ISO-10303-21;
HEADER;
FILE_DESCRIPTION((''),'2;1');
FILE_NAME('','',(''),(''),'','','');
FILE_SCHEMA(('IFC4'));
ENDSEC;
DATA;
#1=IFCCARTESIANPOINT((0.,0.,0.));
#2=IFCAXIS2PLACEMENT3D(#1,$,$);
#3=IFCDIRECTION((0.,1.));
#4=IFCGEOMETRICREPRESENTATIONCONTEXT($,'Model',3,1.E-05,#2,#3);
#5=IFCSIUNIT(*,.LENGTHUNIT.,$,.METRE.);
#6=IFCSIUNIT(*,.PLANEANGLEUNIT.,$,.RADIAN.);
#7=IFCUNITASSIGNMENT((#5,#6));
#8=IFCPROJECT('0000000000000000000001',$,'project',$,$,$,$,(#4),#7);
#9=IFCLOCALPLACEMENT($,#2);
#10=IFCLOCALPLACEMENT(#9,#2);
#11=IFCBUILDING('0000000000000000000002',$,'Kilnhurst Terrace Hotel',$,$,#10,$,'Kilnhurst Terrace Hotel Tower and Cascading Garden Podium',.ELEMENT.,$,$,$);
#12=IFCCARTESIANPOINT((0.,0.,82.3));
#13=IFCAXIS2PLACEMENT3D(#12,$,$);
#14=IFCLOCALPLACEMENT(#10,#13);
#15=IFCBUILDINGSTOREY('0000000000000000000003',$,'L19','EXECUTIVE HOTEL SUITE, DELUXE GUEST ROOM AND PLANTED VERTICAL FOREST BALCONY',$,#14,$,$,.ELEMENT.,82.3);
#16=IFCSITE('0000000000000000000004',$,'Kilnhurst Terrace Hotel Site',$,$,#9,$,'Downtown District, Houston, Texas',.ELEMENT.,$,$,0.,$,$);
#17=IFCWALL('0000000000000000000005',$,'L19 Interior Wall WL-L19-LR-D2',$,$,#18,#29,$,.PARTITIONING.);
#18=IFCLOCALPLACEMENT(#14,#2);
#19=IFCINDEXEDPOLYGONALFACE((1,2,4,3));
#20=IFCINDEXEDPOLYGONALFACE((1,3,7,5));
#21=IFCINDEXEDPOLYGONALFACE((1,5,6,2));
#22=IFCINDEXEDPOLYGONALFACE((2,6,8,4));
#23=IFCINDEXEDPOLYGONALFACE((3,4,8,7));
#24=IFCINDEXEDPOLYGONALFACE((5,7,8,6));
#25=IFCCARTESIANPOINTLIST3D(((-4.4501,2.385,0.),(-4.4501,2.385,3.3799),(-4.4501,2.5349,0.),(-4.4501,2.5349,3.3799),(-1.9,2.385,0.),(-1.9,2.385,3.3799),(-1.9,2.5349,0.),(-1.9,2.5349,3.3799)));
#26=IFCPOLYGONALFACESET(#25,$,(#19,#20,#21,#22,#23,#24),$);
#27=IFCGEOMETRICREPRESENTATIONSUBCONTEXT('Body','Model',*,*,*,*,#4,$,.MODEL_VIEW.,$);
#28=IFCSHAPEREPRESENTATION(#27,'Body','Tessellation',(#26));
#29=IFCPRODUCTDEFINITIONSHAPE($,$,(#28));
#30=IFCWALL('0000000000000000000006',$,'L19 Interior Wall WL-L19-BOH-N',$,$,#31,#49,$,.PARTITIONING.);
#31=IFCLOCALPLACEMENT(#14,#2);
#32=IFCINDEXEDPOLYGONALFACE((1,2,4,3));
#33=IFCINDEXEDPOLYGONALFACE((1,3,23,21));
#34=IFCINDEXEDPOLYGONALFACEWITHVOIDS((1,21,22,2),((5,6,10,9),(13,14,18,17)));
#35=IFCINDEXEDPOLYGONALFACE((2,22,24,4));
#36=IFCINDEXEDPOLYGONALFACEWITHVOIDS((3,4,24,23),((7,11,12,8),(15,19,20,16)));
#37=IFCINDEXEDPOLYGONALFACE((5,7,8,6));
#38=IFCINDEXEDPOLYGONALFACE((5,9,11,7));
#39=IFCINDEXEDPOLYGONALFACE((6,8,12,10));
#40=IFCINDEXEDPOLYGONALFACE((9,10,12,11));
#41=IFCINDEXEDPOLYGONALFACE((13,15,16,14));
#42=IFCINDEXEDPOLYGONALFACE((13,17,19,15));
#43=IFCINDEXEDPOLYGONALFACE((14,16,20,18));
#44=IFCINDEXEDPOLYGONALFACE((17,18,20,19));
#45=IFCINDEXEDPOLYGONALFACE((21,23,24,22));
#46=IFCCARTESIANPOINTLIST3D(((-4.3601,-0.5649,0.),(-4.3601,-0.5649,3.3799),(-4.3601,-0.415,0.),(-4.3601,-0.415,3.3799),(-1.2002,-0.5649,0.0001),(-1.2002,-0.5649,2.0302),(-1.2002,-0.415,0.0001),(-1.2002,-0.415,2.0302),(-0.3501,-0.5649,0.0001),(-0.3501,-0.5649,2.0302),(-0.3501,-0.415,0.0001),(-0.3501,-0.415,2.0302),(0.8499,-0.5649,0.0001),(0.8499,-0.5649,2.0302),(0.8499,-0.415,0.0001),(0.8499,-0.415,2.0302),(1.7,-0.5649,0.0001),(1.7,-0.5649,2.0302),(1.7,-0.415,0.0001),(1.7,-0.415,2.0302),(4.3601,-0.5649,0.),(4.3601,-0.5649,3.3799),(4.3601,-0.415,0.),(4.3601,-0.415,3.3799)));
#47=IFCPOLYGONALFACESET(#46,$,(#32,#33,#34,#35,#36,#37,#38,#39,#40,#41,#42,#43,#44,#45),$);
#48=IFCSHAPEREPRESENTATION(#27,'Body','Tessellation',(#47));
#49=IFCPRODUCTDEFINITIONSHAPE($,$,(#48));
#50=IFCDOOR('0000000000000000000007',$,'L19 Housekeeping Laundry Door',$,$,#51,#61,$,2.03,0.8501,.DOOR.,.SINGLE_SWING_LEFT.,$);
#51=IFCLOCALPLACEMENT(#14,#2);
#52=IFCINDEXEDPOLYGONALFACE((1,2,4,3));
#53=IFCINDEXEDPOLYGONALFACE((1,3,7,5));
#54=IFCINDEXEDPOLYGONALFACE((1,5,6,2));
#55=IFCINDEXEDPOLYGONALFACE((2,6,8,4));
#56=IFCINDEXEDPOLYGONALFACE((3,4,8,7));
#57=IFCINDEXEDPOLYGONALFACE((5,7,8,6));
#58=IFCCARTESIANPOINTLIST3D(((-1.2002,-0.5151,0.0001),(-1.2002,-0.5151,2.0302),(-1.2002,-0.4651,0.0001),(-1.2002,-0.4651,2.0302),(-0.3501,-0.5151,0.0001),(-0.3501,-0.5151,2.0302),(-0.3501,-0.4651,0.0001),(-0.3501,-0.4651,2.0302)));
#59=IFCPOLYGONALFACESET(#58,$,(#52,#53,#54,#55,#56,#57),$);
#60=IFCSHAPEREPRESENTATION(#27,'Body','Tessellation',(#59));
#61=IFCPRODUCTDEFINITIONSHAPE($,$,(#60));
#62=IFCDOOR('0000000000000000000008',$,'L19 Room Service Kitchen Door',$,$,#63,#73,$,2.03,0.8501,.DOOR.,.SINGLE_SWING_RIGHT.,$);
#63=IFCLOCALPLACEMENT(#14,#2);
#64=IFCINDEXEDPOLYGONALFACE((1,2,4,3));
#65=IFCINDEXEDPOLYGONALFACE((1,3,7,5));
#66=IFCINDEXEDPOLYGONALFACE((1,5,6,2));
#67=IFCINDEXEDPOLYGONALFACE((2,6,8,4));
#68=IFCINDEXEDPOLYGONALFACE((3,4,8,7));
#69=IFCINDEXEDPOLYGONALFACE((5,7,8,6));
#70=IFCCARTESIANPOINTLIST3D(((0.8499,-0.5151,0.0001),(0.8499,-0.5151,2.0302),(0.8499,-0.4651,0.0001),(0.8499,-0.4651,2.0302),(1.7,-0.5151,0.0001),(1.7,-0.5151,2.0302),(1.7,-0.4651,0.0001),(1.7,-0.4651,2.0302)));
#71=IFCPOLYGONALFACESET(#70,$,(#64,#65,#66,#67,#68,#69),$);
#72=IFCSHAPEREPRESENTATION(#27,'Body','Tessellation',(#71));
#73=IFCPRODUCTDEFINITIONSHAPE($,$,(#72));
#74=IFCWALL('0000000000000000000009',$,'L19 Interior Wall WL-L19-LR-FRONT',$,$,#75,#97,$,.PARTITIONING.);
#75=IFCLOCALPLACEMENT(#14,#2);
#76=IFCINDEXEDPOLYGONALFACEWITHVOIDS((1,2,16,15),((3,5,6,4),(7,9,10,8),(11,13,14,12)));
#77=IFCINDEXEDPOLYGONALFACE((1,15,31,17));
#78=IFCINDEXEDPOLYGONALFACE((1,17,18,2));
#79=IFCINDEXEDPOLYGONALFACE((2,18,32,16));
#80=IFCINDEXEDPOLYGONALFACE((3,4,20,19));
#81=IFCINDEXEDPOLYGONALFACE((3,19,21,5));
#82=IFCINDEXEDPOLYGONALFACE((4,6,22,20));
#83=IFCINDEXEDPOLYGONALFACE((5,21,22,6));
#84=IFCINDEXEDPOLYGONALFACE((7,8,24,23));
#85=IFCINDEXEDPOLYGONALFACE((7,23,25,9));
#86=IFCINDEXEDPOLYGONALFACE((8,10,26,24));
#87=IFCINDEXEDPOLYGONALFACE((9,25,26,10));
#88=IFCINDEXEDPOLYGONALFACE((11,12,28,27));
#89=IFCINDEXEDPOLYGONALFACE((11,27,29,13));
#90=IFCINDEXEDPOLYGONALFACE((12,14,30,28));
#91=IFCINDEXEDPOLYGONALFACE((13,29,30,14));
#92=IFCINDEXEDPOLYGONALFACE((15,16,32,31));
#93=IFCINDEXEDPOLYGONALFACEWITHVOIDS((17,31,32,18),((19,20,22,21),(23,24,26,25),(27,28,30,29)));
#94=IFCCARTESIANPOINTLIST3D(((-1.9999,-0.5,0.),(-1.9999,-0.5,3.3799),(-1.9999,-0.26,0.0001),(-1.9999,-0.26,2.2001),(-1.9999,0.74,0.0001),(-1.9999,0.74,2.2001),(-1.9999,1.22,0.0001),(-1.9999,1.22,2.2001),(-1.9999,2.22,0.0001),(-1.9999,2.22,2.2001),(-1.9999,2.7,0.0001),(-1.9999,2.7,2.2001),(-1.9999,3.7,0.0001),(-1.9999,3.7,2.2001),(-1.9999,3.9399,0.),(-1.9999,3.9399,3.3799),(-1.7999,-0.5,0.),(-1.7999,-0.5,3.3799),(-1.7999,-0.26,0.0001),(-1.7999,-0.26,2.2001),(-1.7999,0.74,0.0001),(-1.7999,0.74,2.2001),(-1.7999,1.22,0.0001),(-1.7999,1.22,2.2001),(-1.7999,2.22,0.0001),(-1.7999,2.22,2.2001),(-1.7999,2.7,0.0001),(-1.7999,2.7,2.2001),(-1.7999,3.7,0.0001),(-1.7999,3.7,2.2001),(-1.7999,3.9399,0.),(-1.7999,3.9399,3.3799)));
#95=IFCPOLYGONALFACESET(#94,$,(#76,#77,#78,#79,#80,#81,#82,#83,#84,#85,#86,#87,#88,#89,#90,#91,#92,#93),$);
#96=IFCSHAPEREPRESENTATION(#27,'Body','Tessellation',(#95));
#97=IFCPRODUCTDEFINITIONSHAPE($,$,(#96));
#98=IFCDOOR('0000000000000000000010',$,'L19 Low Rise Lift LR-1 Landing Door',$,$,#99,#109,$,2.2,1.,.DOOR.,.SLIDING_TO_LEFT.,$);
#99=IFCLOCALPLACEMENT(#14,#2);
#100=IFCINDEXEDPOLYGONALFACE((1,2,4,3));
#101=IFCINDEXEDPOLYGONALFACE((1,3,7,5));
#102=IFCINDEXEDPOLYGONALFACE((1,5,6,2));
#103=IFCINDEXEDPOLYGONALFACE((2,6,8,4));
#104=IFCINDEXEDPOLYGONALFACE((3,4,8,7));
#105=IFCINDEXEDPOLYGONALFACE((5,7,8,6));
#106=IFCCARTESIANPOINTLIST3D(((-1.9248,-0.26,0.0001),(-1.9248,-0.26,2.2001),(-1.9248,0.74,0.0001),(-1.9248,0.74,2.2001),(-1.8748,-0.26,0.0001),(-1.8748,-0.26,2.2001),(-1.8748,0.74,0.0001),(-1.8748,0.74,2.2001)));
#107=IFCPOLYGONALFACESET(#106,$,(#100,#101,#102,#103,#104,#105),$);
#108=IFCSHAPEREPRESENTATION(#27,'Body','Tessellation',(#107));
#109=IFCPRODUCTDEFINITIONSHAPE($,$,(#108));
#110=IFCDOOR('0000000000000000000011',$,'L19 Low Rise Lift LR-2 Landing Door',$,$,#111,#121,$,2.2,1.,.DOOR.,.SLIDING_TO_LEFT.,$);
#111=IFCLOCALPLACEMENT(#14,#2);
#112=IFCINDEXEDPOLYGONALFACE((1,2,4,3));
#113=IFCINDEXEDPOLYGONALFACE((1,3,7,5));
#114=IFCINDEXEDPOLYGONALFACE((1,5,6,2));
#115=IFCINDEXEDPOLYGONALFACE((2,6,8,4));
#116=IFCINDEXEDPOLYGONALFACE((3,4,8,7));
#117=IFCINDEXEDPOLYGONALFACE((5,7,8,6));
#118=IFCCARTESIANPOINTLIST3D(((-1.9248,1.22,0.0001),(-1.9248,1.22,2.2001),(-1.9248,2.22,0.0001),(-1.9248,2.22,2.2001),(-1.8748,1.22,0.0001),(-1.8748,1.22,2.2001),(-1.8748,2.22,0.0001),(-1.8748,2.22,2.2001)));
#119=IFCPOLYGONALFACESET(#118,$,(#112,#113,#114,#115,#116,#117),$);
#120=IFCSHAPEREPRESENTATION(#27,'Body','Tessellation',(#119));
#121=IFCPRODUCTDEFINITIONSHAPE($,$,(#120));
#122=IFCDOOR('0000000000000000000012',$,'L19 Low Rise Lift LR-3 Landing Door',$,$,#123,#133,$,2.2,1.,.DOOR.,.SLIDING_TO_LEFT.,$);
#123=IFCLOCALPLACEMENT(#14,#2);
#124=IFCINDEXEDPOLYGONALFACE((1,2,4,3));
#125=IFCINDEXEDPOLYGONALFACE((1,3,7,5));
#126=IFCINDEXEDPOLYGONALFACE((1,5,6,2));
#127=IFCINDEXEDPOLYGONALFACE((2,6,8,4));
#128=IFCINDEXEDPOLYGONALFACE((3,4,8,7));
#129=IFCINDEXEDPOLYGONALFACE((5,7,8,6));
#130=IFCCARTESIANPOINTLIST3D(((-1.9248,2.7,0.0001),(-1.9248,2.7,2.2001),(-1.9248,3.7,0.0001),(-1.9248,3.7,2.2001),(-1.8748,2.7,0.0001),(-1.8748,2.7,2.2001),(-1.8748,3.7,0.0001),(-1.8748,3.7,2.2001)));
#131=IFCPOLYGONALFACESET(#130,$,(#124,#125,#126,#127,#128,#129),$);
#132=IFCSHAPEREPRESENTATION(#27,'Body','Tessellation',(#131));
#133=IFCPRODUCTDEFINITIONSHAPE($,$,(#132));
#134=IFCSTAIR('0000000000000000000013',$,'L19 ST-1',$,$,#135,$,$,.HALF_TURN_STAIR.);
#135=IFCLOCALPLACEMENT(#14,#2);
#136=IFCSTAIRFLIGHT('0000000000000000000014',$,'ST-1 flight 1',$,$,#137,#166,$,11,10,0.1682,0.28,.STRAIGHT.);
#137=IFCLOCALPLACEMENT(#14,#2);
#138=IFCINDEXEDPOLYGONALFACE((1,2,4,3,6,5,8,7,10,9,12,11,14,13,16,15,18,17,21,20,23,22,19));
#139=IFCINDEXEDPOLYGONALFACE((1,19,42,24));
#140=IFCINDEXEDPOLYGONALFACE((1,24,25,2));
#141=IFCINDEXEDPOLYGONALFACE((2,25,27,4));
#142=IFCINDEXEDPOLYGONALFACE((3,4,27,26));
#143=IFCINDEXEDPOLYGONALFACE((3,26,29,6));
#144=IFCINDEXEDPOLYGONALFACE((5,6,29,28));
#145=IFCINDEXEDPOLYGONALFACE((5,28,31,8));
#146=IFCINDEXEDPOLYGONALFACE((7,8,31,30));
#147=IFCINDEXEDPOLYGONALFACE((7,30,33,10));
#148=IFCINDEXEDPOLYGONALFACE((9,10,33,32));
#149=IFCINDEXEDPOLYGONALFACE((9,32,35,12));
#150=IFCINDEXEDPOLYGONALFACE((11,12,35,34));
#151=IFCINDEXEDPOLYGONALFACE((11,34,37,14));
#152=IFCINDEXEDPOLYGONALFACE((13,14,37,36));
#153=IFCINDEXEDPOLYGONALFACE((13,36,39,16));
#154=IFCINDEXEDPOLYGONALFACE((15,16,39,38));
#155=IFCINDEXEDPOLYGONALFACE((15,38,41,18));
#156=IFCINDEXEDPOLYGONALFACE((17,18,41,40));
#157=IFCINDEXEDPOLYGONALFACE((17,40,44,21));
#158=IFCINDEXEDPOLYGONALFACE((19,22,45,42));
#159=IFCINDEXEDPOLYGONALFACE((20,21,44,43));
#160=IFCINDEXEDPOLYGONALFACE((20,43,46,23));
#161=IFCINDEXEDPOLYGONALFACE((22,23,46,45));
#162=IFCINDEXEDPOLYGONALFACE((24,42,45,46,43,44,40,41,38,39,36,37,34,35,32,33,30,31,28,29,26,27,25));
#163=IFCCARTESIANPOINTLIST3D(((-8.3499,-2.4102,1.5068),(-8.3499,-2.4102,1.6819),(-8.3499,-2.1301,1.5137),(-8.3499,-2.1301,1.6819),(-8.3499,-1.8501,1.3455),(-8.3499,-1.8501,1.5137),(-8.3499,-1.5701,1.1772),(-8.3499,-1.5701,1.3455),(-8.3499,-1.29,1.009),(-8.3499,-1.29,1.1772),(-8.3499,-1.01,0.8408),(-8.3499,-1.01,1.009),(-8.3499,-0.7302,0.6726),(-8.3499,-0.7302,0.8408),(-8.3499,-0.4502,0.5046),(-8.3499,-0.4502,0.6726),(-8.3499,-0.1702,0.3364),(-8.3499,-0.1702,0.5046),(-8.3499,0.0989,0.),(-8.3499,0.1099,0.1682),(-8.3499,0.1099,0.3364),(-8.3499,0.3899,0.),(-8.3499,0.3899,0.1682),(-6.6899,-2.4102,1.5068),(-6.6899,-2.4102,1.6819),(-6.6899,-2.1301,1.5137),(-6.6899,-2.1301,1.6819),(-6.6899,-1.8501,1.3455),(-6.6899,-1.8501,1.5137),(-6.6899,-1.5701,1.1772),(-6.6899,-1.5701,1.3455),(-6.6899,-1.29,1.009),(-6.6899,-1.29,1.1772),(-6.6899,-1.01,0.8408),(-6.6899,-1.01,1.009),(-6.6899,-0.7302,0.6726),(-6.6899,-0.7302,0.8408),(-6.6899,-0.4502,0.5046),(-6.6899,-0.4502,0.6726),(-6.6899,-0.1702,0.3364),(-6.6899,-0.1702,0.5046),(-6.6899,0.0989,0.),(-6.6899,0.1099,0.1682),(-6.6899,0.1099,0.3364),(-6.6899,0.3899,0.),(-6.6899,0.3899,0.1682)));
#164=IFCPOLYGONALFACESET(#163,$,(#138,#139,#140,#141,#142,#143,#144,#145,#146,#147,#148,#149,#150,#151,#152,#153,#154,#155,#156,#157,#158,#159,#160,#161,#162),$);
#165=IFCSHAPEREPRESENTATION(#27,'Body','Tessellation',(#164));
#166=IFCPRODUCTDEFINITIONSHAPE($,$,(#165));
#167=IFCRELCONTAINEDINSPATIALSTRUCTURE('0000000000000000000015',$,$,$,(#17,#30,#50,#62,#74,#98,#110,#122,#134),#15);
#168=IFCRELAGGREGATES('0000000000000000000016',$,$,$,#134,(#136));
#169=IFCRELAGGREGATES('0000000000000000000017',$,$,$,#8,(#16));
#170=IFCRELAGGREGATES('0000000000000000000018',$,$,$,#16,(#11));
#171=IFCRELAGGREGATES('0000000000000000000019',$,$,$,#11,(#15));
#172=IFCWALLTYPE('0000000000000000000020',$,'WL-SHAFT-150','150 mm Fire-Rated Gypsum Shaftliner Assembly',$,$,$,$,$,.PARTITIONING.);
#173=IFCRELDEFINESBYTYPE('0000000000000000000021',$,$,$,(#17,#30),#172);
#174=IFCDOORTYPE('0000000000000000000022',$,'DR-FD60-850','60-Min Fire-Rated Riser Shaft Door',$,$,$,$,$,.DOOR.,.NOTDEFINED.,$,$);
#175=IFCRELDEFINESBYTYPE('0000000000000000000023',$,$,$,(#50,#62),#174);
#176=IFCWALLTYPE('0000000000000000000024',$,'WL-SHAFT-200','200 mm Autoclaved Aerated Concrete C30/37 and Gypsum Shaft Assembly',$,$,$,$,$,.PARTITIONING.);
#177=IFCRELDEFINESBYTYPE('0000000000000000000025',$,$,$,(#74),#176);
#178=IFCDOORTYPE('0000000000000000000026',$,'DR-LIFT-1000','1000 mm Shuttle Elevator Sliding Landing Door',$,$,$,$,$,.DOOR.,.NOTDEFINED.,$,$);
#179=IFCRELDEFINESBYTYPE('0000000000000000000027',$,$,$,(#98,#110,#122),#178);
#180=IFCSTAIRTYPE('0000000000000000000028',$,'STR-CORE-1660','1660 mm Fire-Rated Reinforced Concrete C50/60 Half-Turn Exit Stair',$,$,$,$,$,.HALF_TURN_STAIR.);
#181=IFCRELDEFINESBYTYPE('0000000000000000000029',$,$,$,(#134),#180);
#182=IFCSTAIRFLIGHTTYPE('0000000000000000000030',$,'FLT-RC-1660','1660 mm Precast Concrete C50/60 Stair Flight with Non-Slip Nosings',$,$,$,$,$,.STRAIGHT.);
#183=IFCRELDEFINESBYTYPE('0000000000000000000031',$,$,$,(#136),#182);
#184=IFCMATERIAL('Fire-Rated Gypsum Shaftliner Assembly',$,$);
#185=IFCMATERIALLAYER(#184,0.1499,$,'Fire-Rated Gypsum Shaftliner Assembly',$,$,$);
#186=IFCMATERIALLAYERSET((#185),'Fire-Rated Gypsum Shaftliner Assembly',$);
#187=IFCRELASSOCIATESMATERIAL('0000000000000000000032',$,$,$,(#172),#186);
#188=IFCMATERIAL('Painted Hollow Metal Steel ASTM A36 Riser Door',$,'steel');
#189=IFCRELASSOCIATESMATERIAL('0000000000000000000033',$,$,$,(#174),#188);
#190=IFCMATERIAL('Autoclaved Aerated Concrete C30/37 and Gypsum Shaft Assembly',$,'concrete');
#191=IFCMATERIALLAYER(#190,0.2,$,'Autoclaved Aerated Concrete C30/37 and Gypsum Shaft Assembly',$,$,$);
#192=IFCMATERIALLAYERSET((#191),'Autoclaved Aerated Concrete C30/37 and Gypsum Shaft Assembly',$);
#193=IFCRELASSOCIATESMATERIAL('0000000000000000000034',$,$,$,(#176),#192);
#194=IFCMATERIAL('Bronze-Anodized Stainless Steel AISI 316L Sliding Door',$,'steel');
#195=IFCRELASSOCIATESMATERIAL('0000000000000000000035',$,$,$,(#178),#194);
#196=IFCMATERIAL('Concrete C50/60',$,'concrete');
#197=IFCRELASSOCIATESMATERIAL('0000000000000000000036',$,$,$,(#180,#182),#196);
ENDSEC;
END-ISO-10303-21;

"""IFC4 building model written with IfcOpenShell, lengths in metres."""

from ifc_helpers import new_model, si_unit, direction, frame, frame_2d, origin, place, context, subcontext, project, spatial, polyline, rectangle, outline, extrude, material, layer, layer_set, type_object, element, fill, aggregate, save


model = new_model("IFC4")

# Units and contexts
model_context = context("Model", 3, precision=1e-05, world=origin(), true_north=direction((0.0, 1.0)))
body_context = subcontext(model_context, "Body", "Model", "MODEL_VIEW")
ifc_project = project(units=[si_unit("LENGTHUNIT", "METRE"), si_unit("PLANEANGLEUNIT", "RADIAN")], contexts=[model_context])

# Site, building, storey
site_placement = place(None, origin())
site = spatial("IfcSite", under=ifc_project, at=site_placement, Name="Kilnhurst Terrace Hotel Site", LongName="Downtown District, Houston, Texas", CompositionType="ELEMENT", RefElevation=0.0)
building_placement = place(site_placement, origin())
building = spatial("IfcBuilding", under=site, at=building_placement, Name="Kilnhurst Terrace Hotel", LongName="Kilnhurst Terrace Hotel Tower and Cascading Garden Podium", CompositionType="ELEMENT")
storey_placement = place(building_placement, frame((0.0, 0.0, 82.3)))
storey = spatial("IfcBuildingStorey", under=building, at=storey_placement, Name="L19", Description="EXECUTIVE HOTEL SUITE, DELUXE GUEST ROOM AND PLANTED VERTICAL FOREST BALCONY", CompositionType="ELEMENT", Elevation=82.3)

# Shared definitions
ifc_material_1 = material(Name="Concrete C50/60", Category="concrete")

# Wall
ifc_material_2 = material(Name="Fire-Rated Gypsum Shaftliner Assembly")
ifc_layer_1 = layer(ifc_material_2, 0.1499, Name="Fire-Rated Gypsum Shaftliner Assembly")
ifc_layer_set_1 = layer_set([ifc_layer_1], Name="Fire-Rated Gypsum Shaftliner Assembly")
wall_type_1 = type_object("IfcWallType", Name="WL-SHAFT-150", Description="150 mm Fire-Rated Gypsum Shaftliner Assembly", PredefinedType="PARTITIONING", material=ifc_layer_set_1)
for number, where, z_axis, x_axis, name in (
    (1, (-4.45, 2.46, 0.0), (0.0, 0.0, 1.0), (1.0, 0.0, 0.0), "L19 Interior Wall WL-L19-LR-D2"),
):
    element("IfcWall", number, at=place(storey_placement, frame(where, z_axis=z_axis, x_axis=x_axis)), inside=storey, type_object=wall_type_1, Name=name, PredefinedType="PARTITIONING", context=body_context, shape_type="SweptSolid", body=[
        extrude(rectangle(XDim=2.55, YDim=0.1499, at=frame_2d((1.2749, 0.0))), origin(), (0.0, 0.0, 1.0), 3.3799),
    ])

# Walls, openings, doors
wall_1_placement = place(storey_placement, frame((-4.3601, -0.49, 0.0), z_axis=(0.0, 0.0, 1.0), x_axis=(1.0, 0.0, 0.0)))
wall_1 = element("IfcWall", 2, at=wall_1_placement, inside=storey, type_object=wall_type_1, Name="L19 Interior Wall WL-L19-BOH-N", PredefinedType="PARTITIONING", context=body_context, shape_type="SweptSolid", body=[
    extrude(rectangle(XDim=8.7202, YDim=0.1499, at=frame_2d((4.3601, 0.0))), origin(), (0.0, 0.0, 1.0), 3.3799),
])
opening_1_placement = place(wall_1_placement, frame((3.1599, 0.0, 0.0)))
opening_1 = element("IfcOpeningElement", 3, at=opening_1_placement, cuts=wall_1, PredefinedType="OPENING", context=body_context, shape_type="SweptSolid", body=[
    extrude(rectangle(XDim=0.8501, YDim=2.03, at=frame_2d((0.425, 1.0151))), frame((0.0, 0.085, 0.0), z_axis=(0.0, -1.0, 0.0), x_axis=(1.0, 0.0, 0.0)), (0.0, 0.0, 1.0), 0.1699),
])
opening_2_placement = place(wall_1_placement, frame((5.21, 0.0, 0.0)))
opening_2 = element("IfcOpeningElement", 4, at=opening_2_placement, cuts=wall_1, PredefinedType="OPENING", context=body_context, shape_type="SweptSolid", body=[
    extrude(rectangle(XDim=0.8501, YDim=2.03, at=frame_2d((0.425, 1.0151))), frame((0.0, 0.085, 0.0), z_axis=(0.0, -1.0, 0.0), x_axis=(1.0, 0.0, 0.0)), (0.0, 0.0, 1.0), 0.1699),
])
ifc_material_3 = material(Name="Painted Hollow Metal Steel ASTM A36 Riser Door", Category="steel")
door_type_1 = type_object("IfcDoorType", Name="DR-FD60-850", Description="60-Min Fire-Rated Riser Shaft Door", OperationType="NOTDEFINED", PredefinedType="DOOR", material=ifc_material_3)
door_1_placement = place(opening_1_placement, origin())
door_1 = element("IfcDoor", 5, at=door_1_placement, inside=storey, type_object=door_type_1, Name="L19 Housekeeping Laundry Door", OperationType="SINGLE_SWING_LEFT", OverallHeight=2.03, OverallWidth=0.8501, PredefinedType="DOOR", context=body_context, shape_type="SweptSolid", body=[
    extrude(rectangle(XDim=0.8501, YDim=2.03, at=frame_2d((0.425, 1.0151))), frame((0.0, 0.0249, 0.0), z_axis=(0.0, -1.0, 0.0), x_axis=(1.0, 0.0, 0.0)), (0.0, 0.0, 1.0), 0.05),
])
fill(opening_1, door_1)
door_2_placement = place(opening_2_placement, origin())
door_2 = element("IfcDoor", 6, at=door_2_placement, inside=storey, type_object=door_type_1, Name="L19 Room Service Kitchen Door", OperationType="SINGLE_SWING_RIGHT", OverallHeight=2.03, OverallWidth=0.8501, PredefinedType="DOOR", context=body_context, shape_type="SweptSolid", body=[
    extrude(rectangle(XDim=0.8501, YDim=2.03, at=frame_2d((0.425, 1.0151))), frame((0.0, 0.0249, 0.0), z_axis=(0.0, -1.0, 0.0), x_axis=(1.0, 0.0, 0.0)), (0.0, 0.0, 1.0), 0.05),
])
fill(opening_2, door_2)
ifc_material_4 = material(Name="Autoclaved Aerated Concrete C30/37 and Gypsum Shaft Assembly", Category="concrete")
ifc_layer_2 = layer(ifc_material_4, 0.2, Name="Autoclaved Aerated Concrete C30/37 and Gypsum Shaft Assembly")
ifc_layer_set_2 = layer_set([ifc_layer_2], Name="Autoclaved Aerated Concrete C30/37 and Gypsum Shaft Assembly")
wall_type_2 = type_object("IfcWallType", Name="WL-SHAFT-200", Description="200 mm Autoclaved Aerated Concrete C30/37 and Gypsum Shaft Assembly", PredefinedType="PARTITIONING", material=ifc_layer_set_2)
wall_2_placement = place(storey_placement, frame((-1.8999, -0.5, 0.0), z_axis=(0.0, 0.0, 1.0), x_axis=(0.0, 1.0, 0.0)))
wall_2 = element("IfcWall", 7, at=wall_2_placement, inside=storey, type_object=wall_type_2, Name="L19 Interior Wall WL-L19-LR-FRONT", PredefinedType="PARTITIONING", context=body_context, shape_type="SweptSolid", body=[
    extrude(rectangle(XDim=4.4399, YDim=0.2, at=frame_2d((2.22, 0.0))), origin(), (0.0, 0.0, 1.0), 3.3799),
])
opening_3_placement = place(wall_2_placement, frame((0.24, 0.0, 0.0)))
opening_3 = element("IfcOpeningElement", 8, at=opening_3_placement, cuts=wall_2, PredefinedType="OPENING", context=body_context, shape_type="SweptSolid", body=[
    extrude(rectangle(XDim=1.0, YDim=2.2, at=frame_2d((0.5, 1.1001))), frame((0.0, 0.1099, 0.0), z_axis=(0.0, -1.0, 0.0), x_axis=(1.0, 0.0, 0.0)), (0.0, 0.0, 1.0), 0.22),
])
opening_4_placement = place(wall_2_placement, frame((1.72, 0.0, 0.0)))
opening_4 = element("IfcOpeningElement", 9, at=opening_4_placement, cuts=wall_2, PredefinedType="OPENING", context=body_context, shape_type="SweptSolid", body=[
    extrude(rectangle(XDim=1.0, YDim=2.2, at=frame_2d((0.5, 1.1001))), frame((0.0, 0.1099, 0.0), z_axis=(0.0, -1.0, 0.0), x_axis=(1.0, 0.0, 0.0)), (0.0, 0.0, 1.0), 0.22),
])
opening_5_placement = place(wall_2_placement, frame((3.2, 0.0, 0.0)))
opening_5 = element("IfcOpeningElement", 10, at=opening_5_placement, cuts=wall_2, PredefinedType="OPENING", context=body_context, shape_type="SweptSolid", body=[
    extrude(rectangle(XDim=1.0, YDim=2.2, at=frame_2d((0.5, 1.1001))), frame((0.0, 0.1099, 0.0), z_axis=(0.0, -1.0, 0.0), x_axis=(1.0, 0.0, 0.0)), (0.0, 0.0, 1.0), 0.22),
])
ifc_material_5 = material(Name="Bronze-Anodized Stainless Steel AISI 316L Sliding Door", Category="steel")
door_type_2 = type_object("IfcDoorType", Name="DR-LIFT-1000", Description="1000 mm Shuttle Elevator Sliding Landing Door", OperationType="NOTDEFINED", PredefinedType="DOOR", material=ifc_material_5)
door_3_placement = place(opening_3_placement, origin())
door_3 = element("IfcDoor", 11, at=door_3_placement, inside=storey, type_object=door_type_2, Name="L19 Low Rise Lift LR-1 Landing Door", OperationType="SLIDING_TO_LEFT", OverallHeight=2.2, OverallWidth=1.0, PredefinedType="DOOR", context=body_context, shape_type="SweptSolid", body=[
    extrude(rectangle(XDim=1.0, YDim=2.2, at=frame_2d((0.5, 1.1001))), frame((0.0, 0.0249, 0.0), z_axis=(0.0, -1.0, 0.0), x_axis=(1.0, 0.0, 0.0)), (0.0, 0.0, 1.0), 0.05),
])
fill(opening_3, door_3)
door_4_placement = place(opening_4_placement, origin())
door_4 = element("IfcDoor", 12, at=door_4_placement, inside=storey, type_object=door_type_2, Name="L19 Low Rise Lift LR-2 Landing Door", OperationType="SLIDING_TO_LEFT", OverallHeight=2.2, OverallWidth=1.0, PredefinedType="DOOR", context=body_context, shape_type="SweptSolid", body=[
    extrude(rectangle(XDim=1.0, YDim=2.2, at=frame_2d((0.5, 1.1001))), frame((0.0, 0.0249, 0.0), z_axis=(0.0, -1.0, 0.0), x_axis=(1.0, 0.0, 0.0)), (0.0, 0.0, 1.0), 0.05),
])
fill(opening_4, door_4)
door_5_placement = place(opening_5_placement, origin())
door_5 = element("IfcDoor", 13, at=door_5_placement, inside=storey, type_object=door_type_2, Name="L19 Low Rise Lift LR-3 Landing Door", OperationType="SLIDING_TO_LEFT", OverallHeight=2.2, OverallWidth=1.0, PredefinedType="DOOR", context=body_context, shape_type="SweptSolid", body=[
    extrude(rectangle(XDim=1.0, YDim=2.2, at=frame_2d((0.5, 1.1001))), frame((0.0, 0.0249, 0.0), z_axis=(0.0, -1.0, 0.0), x_axis=(1.0, 0.0, 0.0)), (0.0, 0.0, 1.0), 0.05),
])
fill(opening_5, door_5)

# Stair, stair flight
stair_type = type_object("IfcStairType", Name="STR-CORE-1660", Description="1660 mm Fire-Rated Reinforced Concrete C50/60 Half-Turn Exit Stair", PredefinedType="HALF_TURN_STAIR", material=ifc_material_1)
stair_placement = place(storey_placement, origin())
stair = element("IfcStair", 14, at=stair_placement, inside=storey, type_object=stair_type, Name="L19 ST-1", PredefinedType="HALF_TURN_STAIR")
stair_flight_type = type_object("IfcStairFlightType", Name="FLT-RC-1660", Description="1660 mm Precast Concrete C50/60 Stair Flight with Non-Slip Nosings", PredefinedType="STRAIGHT", material=ifc_material_1)
stair_flight_placement = place(storey_placement, frame((-7.52, 0.3899, 0.0), z_axis=(0.0, 0.0, 1.0), x_axis=(0.0, -1.0, 0.0)))
stair_flight = element("IfcStairFlight", 15, at=stair_flight_placement, type_object=stair_flight_type, Name="ST-1 flight 1", NumberOfRisers=11, NumberOfTreads=10, PredefinedType="STRAIGHT", RiserHeight=0.1682, TreadLength=0.28, context=body_context, shape_type="SweptSolid", body=[
    extrude(outline(polyline([(0.0, 0.0), (0.0, 0.1682), (0.28, 0.1682), (0.28, 0.3364), (0.5601, 0.3364), (0.5601, 0.5046), (0.8401, 0.5046), (0.8401, 0.6726), (1.1201, 0.6726), (1.1201, 0.8408), (1.3999, 0.8408), (1.3999, 1.009), (1.6799, 1.009), (1.6799, 1.1772), (1.96, 1.1772), (1.96, 1.3455), (2.24, 1.3455), (2.24, 1.5137), (2.52, 1.5137), (2.52, 1.6819), (2.8, 1.6819), (2.8, 1.8501), (2.8, 1.5068), (0.291, 0.0), (0.0, 0.0)])), frame((0.0, 0.8301, 0.0), z_axis=(0.0, -1.0, 0.0), x_axis=(1.0, 0.0, 0.0)), (0.0, 0.0, 1.0), 1.6599),
])
aggregate(stair, [stair_flight])

save(model, "model.ifc")
